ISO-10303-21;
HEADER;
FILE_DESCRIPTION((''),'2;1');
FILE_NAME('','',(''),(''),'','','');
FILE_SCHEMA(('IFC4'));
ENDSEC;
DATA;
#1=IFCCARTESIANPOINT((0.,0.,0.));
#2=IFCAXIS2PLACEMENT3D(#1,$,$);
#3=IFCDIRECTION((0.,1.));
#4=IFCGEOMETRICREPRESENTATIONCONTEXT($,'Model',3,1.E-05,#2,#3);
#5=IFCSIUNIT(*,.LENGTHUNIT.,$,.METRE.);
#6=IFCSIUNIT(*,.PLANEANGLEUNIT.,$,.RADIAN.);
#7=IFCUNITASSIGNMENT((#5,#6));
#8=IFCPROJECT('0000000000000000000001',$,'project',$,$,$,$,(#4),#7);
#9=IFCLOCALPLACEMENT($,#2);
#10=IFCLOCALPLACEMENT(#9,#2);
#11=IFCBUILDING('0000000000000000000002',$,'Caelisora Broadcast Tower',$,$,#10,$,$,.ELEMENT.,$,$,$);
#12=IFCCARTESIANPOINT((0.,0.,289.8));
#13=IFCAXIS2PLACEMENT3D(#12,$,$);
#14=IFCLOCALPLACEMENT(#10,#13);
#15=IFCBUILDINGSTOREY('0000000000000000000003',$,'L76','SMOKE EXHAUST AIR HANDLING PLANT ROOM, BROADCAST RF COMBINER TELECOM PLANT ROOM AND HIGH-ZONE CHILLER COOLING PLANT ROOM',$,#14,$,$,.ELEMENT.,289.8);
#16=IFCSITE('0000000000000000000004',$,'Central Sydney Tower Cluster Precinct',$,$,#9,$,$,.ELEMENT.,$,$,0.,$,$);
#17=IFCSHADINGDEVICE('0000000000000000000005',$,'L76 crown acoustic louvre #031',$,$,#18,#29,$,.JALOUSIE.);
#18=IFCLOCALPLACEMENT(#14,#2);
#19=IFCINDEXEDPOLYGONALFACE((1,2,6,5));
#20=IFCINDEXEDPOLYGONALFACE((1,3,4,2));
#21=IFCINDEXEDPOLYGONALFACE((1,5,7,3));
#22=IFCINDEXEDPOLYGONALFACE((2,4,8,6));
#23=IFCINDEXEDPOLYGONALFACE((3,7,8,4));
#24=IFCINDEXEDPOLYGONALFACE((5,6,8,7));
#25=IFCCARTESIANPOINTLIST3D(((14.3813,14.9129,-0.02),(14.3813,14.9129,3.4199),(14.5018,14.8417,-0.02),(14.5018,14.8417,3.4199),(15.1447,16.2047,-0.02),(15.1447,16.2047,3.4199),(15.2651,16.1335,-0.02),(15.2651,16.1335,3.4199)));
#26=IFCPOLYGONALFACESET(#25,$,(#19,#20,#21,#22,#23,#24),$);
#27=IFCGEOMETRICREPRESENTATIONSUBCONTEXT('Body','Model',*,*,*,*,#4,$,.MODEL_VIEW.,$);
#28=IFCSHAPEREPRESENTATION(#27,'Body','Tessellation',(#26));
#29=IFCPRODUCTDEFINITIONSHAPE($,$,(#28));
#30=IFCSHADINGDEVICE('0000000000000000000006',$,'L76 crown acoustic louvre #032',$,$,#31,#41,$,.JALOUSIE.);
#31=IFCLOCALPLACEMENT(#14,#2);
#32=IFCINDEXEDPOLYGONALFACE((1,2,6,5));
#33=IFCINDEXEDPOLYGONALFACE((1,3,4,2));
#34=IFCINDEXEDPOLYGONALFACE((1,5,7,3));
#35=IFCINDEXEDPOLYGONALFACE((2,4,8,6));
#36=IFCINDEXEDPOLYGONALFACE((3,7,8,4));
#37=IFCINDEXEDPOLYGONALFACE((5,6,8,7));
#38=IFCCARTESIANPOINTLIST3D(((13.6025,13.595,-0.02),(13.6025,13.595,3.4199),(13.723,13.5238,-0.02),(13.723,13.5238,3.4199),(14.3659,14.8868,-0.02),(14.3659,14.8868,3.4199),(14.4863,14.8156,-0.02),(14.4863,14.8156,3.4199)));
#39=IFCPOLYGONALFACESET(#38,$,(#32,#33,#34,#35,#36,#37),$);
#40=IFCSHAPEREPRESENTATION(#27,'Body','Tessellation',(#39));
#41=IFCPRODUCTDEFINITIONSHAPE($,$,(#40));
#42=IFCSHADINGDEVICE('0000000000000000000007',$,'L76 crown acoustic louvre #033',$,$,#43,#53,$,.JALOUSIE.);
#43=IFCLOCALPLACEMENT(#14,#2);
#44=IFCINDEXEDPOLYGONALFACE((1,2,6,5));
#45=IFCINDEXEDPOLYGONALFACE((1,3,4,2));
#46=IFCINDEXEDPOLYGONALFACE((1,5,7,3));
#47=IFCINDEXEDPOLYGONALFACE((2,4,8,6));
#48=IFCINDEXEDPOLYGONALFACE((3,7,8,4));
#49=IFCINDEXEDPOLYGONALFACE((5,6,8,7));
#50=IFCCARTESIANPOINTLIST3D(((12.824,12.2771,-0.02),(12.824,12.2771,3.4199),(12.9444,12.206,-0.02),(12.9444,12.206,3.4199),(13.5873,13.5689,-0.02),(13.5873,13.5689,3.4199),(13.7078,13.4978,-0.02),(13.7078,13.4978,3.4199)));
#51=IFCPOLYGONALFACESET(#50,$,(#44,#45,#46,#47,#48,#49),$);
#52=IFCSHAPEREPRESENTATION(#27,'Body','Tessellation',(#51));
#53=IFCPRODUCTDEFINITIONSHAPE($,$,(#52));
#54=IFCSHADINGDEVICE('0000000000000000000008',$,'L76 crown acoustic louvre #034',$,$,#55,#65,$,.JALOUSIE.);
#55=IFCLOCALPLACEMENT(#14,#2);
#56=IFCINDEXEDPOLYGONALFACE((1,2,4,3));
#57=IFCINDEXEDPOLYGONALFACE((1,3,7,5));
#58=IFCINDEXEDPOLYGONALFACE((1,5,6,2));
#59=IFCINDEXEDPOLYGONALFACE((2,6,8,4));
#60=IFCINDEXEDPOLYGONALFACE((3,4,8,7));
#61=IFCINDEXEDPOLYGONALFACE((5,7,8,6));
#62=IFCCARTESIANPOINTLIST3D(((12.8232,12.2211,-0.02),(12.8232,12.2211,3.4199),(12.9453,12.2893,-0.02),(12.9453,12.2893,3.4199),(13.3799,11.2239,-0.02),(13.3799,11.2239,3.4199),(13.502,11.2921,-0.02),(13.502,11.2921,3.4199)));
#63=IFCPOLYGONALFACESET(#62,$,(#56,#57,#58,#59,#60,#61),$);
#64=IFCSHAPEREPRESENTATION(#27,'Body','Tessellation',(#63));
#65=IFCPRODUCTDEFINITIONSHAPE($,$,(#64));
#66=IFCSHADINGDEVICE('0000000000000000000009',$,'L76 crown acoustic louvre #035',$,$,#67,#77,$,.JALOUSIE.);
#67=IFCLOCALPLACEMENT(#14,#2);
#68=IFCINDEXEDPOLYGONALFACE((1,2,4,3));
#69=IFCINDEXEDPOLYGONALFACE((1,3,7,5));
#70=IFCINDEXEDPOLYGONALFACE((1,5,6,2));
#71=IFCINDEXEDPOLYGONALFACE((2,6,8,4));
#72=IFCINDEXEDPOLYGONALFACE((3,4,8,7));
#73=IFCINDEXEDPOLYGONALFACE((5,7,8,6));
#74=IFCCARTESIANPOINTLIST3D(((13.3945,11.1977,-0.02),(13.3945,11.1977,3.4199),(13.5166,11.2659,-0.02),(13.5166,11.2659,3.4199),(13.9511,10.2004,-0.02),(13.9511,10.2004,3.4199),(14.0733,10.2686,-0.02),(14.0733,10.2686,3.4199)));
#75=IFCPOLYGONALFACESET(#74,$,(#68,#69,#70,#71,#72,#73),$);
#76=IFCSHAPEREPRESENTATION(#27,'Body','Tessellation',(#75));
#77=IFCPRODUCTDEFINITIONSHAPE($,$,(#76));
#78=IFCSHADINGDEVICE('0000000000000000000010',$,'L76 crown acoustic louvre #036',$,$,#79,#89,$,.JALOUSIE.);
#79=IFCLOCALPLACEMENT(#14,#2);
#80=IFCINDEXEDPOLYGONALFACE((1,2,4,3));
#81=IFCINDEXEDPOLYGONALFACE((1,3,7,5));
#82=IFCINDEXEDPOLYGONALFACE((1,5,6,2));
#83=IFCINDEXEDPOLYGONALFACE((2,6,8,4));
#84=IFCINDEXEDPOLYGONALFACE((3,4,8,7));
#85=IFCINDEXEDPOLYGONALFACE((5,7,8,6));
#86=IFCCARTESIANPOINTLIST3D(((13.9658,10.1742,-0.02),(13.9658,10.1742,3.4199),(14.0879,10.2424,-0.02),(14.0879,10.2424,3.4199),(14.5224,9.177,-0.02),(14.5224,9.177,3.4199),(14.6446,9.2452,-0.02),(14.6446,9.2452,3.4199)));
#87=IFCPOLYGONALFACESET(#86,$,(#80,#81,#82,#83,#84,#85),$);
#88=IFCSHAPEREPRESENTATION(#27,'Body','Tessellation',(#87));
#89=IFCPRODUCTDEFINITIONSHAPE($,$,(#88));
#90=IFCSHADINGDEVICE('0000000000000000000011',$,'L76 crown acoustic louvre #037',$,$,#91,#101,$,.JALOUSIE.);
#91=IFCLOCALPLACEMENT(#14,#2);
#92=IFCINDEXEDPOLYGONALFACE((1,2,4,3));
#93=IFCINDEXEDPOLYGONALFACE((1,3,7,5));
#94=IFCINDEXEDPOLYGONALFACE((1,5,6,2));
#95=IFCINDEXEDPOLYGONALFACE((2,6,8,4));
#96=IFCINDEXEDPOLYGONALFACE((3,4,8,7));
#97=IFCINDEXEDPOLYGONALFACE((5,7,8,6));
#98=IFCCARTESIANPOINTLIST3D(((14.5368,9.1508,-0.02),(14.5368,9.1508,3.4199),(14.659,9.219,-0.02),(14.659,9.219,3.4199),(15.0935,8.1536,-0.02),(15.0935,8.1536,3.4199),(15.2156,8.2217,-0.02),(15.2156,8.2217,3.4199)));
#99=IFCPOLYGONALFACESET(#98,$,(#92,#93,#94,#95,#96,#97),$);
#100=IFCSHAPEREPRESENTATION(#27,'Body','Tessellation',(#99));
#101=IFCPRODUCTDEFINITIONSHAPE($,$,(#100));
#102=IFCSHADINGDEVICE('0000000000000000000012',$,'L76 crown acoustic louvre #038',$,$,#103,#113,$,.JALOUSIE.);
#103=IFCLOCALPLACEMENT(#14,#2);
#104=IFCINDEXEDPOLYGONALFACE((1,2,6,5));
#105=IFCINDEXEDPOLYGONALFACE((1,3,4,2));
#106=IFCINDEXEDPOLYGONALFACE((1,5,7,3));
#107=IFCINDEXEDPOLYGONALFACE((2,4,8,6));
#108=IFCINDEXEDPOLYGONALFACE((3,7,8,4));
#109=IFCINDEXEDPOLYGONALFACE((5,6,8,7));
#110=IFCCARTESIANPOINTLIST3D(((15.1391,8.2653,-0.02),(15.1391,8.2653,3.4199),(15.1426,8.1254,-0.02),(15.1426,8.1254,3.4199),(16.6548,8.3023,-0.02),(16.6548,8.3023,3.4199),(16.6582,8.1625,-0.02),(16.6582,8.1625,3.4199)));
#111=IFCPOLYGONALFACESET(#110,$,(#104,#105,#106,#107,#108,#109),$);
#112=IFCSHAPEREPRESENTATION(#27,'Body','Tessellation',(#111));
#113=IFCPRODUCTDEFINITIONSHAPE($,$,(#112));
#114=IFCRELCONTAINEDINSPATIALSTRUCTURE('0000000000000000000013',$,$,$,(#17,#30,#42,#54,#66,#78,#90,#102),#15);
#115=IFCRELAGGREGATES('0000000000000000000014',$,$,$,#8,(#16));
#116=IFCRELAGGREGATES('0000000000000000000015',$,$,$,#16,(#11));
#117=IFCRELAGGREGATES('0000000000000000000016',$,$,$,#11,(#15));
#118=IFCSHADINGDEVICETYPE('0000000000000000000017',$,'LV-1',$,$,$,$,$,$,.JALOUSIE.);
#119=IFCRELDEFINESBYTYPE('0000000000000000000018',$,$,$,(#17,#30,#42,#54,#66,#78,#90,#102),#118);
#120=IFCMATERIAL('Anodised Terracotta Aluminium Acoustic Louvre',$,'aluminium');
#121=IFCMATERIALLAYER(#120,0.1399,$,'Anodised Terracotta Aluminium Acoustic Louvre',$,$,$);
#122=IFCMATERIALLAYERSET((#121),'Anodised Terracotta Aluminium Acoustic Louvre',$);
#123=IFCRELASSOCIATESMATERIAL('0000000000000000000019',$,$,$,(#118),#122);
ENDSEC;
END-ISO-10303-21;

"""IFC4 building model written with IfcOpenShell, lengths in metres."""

from ifc_helpers import new_model, si_unit, direction, frame, origin, origin_2d, place, context, subcontext, project, spatial, rectangle, extrude, source, transform, mapped, material, layer, layer_set, type_object, type_shapes, element, save


model = new_model("IFC4")

# Units and contexts
model_context = context("Model", 3, precision=1e-05, world=origin(), true_north=direction((0.0, 1.0)))
body_context = subcontext(model_context, "Body", "Model", "MODEL_VIEW")
ifc_project = project(units=[si_unit("LENGTHUNIT", "METRE"), si_unit("PLANEANGLEUNIT", "RADIAN")], contexts=[model_context])

# Site, building, storey
site_placement = place(None, origin())
site = spatial("IfcSite", under=ifc_project, at=site_placement, Name="Central Sydney Tower Cluster Precinct", CompositionType="ELEMENT", RefElevation=0.0)
building_placement = place(site_placement, origin())
building = spatial("IfcBuilding", under=site, at=building_placement, Name="Caelisora Broadcast Tower", CompositionType="ELEMENT")
storey_placement = place(building_placement, frame((0.0, 0.0, 289.8)))
storey = spatial("IfcBuildingStorey", under=building, at=storey_placement, Name="L76", Description="SMOKE EXHAUST AIR HANDLING PLANT ROOM, BROADCAST RF COMBINER TELECOM PLANT ROOM AND HIGH-ZONE CHILLER COOLING PLANT ROOM", CompositionType="ELEMENT", Elevation=289.8)

# Shading devices
ifc_material_1 = material(Name="Anodised Terracotta Aluminium Acoustic Louvre", Category="aluminium")
ifc_layer_1 = layer(ifc_material_1, 0.1399, Name="Anodised Terracotta Aluminium Acoustic Louvre")
ifc_layer_set_1 = layer_set([ifc_layer_1], Name="Anodised Terracotta Aluminium Acoustic Louvre")
shading_device_type = type_object("IfcShadingDeviceType", Name="LV-1", PredefinedType="JALOUSIE", material=ifc_layer_set_1)
shared_shape_1 = source(origin(), body_context, "Body", "SweptSolid", [
    extrude(rectangle(XDim=1.5005, YDim=0.1399, at=origin_2d()), origin(), (0.0, 0.0, 1.0), 3.4399),
])
for number, where, z_axis, x_axis, name in (
    (1, (14.8232, 15.5232, -0.02), (0.0, 0.0, 1.0), (-0.508741, -0.86092, 0.0), "L76 crown acoustic louvre #031"),
    (2, (14.0444, 14.2053, -0.02), (0.0, 0.0, 1.0), (-0.508741, -0.86092, 0.0), "L76 crown acoustic louvre #032"),
    (3, (13.2659, 12.8875, -0.02), (0.0, 0.0, 1.0), (-0.508741, -0.86092, 0.0), "L76 crown acoustic louvre #033"),
):
    element("IfcShadingDevice", number, at=place(storey_placement, frame(where, z_axis=z_axis, x_axis=x_axis)), inside=storey, type_object=shading_device_type, Name=name, PredefinedType="JALOUSIE", context=body_context, shape_type="MappedRepresentation", body=[
        mapped(shared_shape_1, transform((0.0, 0.0, 0.0), scale=1.0)),
    ])
shared_shape_2 = source(origin(), body_context, "Body", "SweptSolid", [
    extrude(rectangle(XDim=1.1421, YDim=0.1399, at=origin_2d()), origin(), (0.0, 0.0, 1.0), 3.4399),
])
for number, where, z_axis, x_axis, name in (
    (4, (13.1626, 11.7566, -0.02), (0.0, 0.0, 1.0), (0.487403, -0.873177, 0.0), "L76 crown acoustic louvre #034"),
    (5, (13.7339, 10.7332, -0.02), (0.0, 0.0, 1.0), (0.487403, -0.873177, 0.0), "L76 crown acoustic louvre #035"),
    (6, (14.3052, 9.7097, -0.02), (0.0, 0.0, 1.0), (0.487403, -0.873177, 0.0), "L76 crown acoustic louvre #036"),
    (7, (14.8762, 8.6863, -0.02), (0.0, 0.0, 1.0), (0.487403, -0.873177, 0.0), "L76 crown acoustic louvre #037"),
):
    element("IfcShadingDevice", number, at=place(storey_placement, frame(where, z_axis=z_axis, x_axis=x_axis)), inside=storey, type_object=shading_device_type, Name=name, PredefinedType="JALOUSIE", context=body_context, shape_type="MappedRepresentation", body=[
        mapped(shared_shape_2, transform((0.0, 0.0, 0.0), scale=1.0)),
    ])
shared_shape_3 = source(origin(), body_context, "Body", "SweptSolid", [
    extrude(rectangle(XDim=1.5161, YDim=0.1399, at=origin_2d()), origin(), (0.0, 0.0, 1.0), 3.4399),
])
type_shapes(shading_device_type, [shared_shape_1, shared_shape_2, shared_shape_3])
shading_device_placement = place(storey_placement, frame((15.8987, 8.2139, -0.02), z_axis=(0.0, 0.0, 1.0), x_axis=(0.999701, 0.024432, 0.0)))
element("IfcShadingDevice", 8, at=shading_device_placement, inside=storey, type_object=shading_device_type, Name="L76 crown acoustic louvre #038", PredefinedType="JALOUSIE", context=body_context, shape_type="MappedRepresentation", body=[
    mapped(shared_shape_3, transform((0.0, 0.0, 0.0), scale=1.0)),
])

save(model, "model.ifc")
